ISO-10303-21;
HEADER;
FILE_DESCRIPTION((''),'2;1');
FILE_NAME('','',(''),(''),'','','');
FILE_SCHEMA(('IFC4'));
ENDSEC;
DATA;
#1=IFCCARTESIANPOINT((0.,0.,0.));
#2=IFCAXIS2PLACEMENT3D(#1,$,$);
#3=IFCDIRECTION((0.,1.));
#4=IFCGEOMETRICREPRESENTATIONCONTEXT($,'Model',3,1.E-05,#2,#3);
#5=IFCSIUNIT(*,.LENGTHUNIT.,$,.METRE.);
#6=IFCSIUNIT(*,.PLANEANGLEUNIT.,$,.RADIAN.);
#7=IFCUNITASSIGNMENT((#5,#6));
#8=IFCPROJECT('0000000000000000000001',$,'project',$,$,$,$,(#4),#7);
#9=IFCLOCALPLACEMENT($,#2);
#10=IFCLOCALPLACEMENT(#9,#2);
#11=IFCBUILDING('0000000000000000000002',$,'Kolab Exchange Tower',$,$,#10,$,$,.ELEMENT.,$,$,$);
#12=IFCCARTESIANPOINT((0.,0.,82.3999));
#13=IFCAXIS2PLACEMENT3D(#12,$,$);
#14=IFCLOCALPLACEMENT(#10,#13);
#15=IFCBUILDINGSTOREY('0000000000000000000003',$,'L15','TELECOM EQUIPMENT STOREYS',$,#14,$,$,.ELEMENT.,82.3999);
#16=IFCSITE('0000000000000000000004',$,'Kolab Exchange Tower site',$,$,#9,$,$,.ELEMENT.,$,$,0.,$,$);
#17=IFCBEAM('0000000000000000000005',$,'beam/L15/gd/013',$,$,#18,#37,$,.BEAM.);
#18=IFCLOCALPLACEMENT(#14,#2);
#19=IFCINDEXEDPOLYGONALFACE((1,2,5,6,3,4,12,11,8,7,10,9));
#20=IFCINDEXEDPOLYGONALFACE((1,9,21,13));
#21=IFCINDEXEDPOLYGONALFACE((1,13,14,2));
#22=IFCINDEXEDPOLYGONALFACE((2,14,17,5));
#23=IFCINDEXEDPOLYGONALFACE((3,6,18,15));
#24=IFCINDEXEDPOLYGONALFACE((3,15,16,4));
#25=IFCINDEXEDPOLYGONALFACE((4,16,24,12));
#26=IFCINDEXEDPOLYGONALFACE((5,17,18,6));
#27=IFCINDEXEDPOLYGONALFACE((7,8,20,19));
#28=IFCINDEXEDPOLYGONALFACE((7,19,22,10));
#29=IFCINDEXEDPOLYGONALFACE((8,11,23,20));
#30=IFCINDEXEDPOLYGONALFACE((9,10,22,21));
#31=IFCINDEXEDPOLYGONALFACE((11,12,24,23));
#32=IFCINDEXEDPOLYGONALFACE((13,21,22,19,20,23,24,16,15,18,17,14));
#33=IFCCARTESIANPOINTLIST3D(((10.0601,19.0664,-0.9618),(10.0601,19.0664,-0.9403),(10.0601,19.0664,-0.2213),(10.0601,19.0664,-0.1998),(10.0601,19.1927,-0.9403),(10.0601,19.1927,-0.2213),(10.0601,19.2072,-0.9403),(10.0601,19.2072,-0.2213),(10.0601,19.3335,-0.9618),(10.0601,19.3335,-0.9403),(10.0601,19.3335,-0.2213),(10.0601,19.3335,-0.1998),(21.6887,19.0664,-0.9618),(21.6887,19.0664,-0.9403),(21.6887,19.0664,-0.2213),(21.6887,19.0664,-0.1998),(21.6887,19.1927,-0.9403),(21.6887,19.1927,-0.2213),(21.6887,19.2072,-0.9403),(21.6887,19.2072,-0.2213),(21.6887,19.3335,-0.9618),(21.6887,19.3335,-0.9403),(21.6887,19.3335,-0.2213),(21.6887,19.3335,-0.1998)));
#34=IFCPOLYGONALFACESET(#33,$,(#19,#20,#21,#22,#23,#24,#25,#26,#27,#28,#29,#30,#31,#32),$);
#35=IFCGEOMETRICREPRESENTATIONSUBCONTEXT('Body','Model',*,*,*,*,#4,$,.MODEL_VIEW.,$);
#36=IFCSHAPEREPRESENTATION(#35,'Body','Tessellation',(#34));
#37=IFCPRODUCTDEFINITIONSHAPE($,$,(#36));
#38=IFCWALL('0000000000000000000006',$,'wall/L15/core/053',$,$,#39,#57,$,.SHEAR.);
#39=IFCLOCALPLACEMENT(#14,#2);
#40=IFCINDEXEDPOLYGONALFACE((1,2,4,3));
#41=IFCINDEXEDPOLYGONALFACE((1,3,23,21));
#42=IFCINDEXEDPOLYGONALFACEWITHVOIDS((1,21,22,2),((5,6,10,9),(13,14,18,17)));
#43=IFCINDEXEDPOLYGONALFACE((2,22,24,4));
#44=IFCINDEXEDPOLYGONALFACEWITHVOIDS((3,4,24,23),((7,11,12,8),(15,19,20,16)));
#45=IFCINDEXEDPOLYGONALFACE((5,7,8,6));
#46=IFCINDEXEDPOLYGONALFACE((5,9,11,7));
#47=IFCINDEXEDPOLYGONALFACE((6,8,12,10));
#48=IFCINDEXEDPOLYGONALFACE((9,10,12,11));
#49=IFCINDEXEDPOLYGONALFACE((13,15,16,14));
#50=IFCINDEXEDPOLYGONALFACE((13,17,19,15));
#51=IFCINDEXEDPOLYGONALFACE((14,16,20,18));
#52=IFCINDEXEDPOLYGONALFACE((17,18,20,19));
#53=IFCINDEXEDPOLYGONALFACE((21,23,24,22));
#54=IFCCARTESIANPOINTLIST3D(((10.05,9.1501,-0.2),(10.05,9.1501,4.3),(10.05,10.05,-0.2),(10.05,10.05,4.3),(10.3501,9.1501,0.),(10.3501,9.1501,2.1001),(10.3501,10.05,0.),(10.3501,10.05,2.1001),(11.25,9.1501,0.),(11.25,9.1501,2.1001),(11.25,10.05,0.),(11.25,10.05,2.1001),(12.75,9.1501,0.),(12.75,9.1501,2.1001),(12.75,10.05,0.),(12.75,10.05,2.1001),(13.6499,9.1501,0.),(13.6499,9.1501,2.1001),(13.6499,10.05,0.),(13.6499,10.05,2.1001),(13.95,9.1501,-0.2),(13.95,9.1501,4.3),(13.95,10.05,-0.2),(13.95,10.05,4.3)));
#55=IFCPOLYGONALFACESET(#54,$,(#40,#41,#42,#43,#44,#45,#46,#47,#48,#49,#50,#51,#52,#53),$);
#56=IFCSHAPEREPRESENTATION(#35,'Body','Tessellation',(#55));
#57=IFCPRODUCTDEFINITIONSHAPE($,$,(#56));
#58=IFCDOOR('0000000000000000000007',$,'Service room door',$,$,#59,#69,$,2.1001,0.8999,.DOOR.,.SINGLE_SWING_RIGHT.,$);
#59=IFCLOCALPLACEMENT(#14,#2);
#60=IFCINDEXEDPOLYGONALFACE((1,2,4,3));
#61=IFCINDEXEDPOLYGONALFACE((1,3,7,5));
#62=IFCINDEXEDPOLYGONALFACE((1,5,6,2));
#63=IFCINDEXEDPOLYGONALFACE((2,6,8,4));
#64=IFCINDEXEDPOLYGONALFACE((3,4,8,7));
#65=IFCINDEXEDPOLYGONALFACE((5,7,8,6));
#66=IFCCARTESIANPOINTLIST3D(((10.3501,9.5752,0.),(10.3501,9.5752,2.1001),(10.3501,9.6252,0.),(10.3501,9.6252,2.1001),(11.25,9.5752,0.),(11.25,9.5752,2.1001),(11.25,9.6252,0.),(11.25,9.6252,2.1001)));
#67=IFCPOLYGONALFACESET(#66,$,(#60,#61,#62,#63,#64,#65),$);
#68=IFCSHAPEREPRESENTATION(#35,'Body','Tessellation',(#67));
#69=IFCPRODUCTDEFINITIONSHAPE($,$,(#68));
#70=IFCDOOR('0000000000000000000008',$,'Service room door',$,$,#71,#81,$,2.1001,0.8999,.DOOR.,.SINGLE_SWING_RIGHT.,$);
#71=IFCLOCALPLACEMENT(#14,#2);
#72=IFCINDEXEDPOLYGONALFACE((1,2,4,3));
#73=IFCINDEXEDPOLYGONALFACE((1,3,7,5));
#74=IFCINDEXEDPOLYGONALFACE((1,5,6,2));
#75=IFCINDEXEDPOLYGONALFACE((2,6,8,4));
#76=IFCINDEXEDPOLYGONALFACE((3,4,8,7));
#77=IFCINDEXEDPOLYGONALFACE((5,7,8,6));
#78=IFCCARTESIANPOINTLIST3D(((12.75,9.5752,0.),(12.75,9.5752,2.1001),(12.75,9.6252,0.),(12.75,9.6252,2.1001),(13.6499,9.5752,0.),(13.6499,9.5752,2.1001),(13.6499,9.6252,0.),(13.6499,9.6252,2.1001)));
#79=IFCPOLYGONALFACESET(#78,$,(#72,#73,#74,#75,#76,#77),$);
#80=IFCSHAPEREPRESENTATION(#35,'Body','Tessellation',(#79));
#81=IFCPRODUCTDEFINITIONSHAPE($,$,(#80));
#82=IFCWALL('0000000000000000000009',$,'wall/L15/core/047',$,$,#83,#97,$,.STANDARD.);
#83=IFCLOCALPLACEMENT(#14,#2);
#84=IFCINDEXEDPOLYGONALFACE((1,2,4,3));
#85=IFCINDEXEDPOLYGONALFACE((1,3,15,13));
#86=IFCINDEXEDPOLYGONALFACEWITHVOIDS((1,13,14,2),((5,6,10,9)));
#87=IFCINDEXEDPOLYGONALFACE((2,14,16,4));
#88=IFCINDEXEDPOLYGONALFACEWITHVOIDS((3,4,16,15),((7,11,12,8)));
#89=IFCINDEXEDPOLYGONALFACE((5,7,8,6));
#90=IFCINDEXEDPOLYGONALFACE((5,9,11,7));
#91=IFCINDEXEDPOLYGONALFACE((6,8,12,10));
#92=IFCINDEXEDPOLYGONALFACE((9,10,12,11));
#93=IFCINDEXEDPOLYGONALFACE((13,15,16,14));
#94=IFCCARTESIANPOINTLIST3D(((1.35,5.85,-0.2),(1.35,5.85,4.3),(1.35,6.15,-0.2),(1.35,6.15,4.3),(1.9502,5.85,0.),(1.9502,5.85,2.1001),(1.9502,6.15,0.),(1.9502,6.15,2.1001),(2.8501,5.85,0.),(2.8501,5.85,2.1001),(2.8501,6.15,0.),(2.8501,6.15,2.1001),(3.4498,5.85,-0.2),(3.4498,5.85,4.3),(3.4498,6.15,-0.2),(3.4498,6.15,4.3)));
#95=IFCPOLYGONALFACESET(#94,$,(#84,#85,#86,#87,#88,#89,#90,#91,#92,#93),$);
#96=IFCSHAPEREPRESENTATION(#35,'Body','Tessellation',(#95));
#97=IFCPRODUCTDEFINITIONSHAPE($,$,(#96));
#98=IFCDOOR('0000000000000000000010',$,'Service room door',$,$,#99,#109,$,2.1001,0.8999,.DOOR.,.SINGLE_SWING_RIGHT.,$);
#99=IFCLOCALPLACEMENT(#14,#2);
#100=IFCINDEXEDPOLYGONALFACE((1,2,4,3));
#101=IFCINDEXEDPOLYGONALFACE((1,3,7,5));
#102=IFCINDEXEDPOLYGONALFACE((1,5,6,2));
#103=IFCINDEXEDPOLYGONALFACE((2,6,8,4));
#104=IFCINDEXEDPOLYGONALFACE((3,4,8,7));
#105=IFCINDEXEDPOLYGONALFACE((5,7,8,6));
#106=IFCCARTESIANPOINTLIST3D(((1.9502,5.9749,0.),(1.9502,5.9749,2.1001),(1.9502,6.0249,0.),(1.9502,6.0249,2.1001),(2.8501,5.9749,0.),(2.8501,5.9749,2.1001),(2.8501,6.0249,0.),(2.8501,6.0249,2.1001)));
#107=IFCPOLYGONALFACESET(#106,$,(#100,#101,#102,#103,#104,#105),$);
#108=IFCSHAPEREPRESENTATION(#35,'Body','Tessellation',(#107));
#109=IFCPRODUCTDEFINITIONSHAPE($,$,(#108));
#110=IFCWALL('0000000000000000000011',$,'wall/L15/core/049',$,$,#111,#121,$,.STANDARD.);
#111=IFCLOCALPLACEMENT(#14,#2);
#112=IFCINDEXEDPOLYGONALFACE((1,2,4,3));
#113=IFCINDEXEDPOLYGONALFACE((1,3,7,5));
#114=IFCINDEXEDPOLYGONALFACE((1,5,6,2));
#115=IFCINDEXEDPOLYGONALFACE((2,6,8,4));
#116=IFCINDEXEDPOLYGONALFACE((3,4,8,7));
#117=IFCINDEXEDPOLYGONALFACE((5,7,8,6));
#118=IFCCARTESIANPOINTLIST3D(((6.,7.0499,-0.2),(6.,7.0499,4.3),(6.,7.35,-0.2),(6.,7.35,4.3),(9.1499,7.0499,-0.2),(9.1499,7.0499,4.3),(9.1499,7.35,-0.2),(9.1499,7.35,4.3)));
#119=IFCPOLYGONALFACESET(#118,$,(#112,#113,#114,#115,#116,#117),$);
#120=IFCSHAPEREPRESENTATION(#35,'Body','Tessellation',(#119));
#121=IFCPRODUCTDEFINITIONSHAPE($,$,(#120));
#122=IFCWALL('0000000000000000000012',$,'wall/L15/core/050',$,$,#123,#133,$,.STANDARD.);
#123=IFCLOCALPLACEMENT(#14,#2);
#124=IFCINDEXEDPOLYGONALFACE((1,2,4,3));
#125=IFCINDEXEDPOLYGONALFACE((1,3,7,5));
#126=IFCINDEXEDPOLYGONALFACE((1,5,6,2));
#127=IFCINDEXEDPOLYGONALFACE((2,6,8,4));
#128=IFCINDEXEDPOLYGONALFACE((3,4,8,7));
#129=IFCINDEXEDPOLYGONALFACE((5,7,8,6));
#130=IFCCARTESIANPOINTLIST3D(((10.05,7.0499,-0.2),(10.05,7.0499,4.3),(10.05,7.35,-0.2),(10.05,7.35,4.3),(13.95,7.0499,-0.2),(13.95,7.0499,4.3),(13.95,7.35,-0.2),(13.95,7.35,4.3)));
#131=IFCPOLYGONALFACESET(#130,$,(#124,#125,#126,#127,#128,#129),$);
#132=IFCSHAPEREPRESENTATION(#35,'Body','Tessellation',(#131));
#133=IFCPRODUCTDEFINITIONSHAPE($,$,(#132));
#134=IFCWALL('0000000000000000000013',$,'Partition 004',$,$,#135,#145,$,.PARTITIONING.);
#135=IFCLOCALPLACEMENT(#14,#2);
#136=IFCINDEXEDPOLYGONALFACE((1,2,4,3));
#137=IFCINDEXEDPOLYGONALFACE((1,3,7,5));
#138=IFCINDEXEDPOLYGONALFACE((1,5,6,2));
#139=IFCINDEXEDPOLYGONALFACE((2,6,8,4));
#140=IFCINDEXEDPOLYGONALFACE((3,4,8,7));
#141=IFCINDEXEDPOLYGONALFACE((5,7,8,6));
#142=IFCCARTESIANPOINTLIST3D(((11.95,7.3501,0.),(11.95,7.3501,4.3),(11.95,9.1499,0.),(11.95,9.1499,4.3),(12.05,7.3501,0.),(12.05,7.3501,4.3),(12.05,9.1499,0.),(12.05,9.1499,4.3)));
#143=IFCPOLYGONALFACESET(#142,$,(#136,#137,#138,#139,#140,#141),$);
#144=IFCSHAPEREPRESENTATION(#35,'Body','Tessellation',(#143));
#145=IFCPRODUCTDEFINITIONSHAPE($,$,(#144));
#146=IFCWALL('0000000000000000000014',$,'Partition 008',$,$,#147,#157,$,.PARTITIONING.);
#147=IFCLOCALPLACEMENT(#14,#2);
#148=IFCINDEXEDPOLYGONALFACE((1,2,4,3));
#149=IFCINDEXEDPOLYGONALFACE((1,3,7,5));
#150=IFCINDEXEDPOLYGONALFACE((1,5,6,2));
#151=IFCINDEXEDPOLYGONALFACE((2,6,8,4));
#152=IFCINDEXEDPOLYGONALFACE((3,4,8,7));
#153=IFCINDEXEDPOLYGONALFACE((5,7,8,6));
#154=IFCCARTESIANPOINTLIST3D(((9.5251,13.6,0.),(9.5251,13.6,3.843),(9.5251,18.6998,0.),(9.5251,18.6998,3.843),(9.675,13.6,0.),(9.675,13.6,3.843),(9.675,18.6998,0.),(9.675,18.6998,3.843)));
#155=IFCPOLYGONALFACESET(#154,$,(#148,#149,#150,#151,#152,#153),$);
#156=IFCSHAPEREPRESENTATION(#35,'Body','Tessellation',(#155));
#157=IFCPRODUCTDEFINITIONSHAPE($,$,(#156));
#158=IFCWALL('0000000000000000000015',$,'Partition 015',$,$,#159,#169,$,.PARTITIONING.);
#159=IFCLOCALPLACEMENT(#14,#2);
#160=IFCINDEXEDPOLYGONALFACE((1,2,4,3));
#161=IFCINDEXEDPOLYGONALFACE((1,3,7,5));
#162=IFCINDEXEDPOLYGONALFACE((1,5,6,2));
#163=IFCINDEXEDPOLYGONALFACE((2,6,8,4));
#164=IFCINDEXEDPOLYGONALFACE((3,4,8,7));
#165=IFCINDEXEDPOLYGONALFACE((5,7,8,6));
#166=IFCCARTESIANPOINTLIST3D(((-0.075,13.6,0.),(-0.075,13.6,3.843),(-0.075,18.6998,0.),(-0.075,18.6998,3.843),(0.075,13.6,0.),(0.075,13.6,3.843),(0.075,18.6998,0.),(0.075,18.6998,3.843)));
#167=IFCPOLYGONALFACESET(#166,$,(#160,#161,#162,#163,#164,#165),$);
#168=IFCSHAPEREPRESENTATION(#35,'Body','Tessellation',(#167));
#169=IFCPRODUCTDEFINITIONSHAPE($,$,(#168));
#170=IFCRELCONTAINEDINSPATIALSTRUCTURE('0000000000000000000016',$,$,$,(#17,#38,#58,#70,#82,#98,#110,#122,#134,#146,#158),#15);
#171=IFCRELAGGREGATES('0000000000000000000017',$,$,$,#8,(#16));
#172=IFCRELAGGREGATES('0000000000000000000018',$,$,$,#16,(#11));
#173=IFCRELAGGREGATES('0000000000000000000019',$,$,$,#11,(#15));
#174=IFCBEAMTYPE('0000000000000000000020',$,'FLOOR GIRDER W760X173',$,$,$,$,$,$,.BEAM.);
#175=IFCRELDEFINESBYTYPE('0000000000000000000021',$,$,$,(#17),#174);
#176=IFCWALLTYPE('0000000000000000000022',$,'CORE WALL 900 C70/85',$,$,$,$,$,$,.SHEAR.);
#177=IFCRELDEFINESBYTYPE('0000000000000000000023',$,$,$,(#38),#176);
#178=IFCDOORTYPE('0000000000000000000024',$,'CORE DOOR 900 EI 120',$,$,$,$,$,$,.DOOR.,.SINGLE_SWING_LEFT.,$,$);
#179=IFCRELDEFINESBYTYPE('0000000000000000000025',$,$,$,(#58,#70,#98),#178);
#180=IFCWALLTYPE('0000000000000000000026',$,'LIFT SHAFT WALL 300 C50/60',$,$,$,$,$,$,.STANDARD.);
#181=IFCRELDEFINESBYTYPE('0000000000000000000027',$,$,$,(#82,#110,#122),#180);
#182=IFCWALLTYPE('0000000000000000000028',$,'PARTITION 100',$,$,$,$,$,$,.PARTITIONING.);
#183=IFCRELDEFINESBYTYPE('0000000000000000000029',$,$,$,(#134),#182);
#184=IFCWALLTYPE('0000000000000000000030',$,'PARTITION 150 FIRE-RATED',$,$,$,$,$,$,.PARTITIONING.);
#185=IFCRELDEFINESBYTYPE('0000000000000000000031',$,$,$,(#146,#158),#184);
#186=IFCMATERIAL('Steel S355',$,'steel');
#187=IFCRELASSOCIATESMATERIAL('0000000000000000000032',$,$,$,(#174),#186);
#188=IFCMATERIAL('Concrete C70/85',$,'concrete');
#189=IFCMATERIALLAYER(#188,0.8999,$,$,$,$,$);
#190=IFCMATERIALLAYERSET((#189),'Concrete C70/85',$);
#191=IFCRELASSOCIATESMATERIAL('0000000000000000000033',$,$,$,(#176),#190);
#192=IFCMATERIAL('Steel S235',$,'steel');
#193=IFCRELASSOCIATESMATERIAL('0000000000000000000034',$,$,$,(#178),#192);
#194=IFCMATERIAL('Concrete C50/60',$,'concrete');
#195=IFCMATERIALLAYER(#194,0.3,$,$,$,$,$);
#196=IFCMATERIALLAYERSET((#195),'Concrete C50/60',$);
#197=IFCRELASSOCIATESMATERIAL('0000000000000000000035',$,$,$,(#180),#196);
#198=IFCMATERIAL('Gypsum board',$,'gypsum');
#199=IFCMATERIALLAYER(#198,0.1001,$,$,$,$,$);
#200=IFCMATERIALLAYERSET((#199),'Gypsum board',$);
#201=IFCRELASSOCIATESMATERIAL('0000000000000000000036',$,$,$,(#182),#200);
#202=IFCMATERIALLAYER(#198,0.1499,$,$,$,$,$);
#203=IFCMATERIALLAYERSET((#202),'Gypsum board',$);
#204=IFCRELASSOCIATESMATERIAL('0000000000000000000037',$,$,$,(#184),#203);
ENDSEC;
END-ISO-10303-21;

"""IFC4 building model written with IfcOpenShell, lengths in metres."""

from ifc_helpers import new_model, si_unit, direction, frame, frame_2d, origin, origin_2d, place, context, subcontext, project, spatial, rectangle, i_section, extrude, material, layer, layer_set, material_profile, profile_set, type_object, element, fill, save


model = new_model("IFC4")

# Units and contexts
model_context = context("Model", 3, precision=1e-05, world=origin(), true_north=direction((0.0, 1.0)))
body_context = subcontext(model_context, "Body", "Model", "MODEL_VIEW")
ifc_project = project(units=[si_unit("LENGTHUNIT", "METRE"), si_unit("PLANEANGLEUNIT", "RADIAN")], contexts=[model_context])

# Site, building, storey
site_placement = place(None, origin())
site = spatial("IfcSite", under=ifc_project, at=site_placement, Name="Kolab Exchange Tower site", CompositionType="ELEMENT", RefElevation=0.0)
building_placement = place(site_placement, origin())
building = spatial("IfcBuilding", under=site, at=building_placement, Name="Kolab Exchange Tower", CompositionType="ELEMENT")
storey_placement = place(building_placement, frame((0.0, 0.0, 82.3999)))
storey = spatial("IfcBuildingStorey", under=building, at=storey_placement, Name="L15", Description="TELECOM EQUIPMENT STOREYS", CompositionType="ELEMENT", Elevation=82.3999)

# Shared definitions
ifc_material_1 = material(Name="Concrete C70/85", Category="concrete")

# Beam
ifc_material_2 = material(Name="Steel S355", Category="steel")
ifc_material_profile_1 = material_profile(ifc_material_2, i_section(OverallWidth=0.2671, OverallDepth=0.762, WebThickness=0.0144, FlangeThickness=0.0215, at=origin_2d()), Name="W760X173")
ifc_profile_set_1 = profile_set([ifc_material_profile_1], Name="Steel S355")
beam_type_1 = type_object("IfcBeamType", Name="FLOOR GIRDER W760X173", PredefinedType="BEAM", material=ifc_profile_set_1)
beam_1_placement = place(storey_placement, frame((10.0601, 19.2, -0.5808), z_axis=(1.0, 0.0, 0.0), x_axis=(0.0, 1.0, 0.0)))
element("IfcBeam", 1, at=beam_1_placement, inside=storey, type_object=beam_type_1, Name="beam/L15/gd/013", PredefinedType="BEAM", context=body_context, shape_type="SweptSolid", body=[
    extrude(i_section(OverallWidth=0.2671, OverallDepth=0.762, WebThickness=0.0144, FlangeThickness=0.0215, at=origin_2d()), origin(), (0.0, 0.0, 1.0), 11.6287),
])

# Wall, openings, doors
ifc_layer_1 = layer(ifc_material_1, 0.8999)
ifc_layer_set_1 = layer_set([ifc_layer_1], Name="Concrete C70/85")
wall_type_1 = type_object("IfcWallType", Name="CORE WALL 900 C70/85", PredefinedType="SHEAR", material=ifc_layer_set_1)
wall_1_placement = place(storey_placement, frame((10.05, 9.6001, -0.2), z_axis=(0.0, 0.0, 1.0), x_axis=(1.0, 0.0, 0.0)))
wall_1 = element("IfcWall", 2, at=wall_1_placement, inside=storey, type_object=wall_type_1, Name="wall/L15/core/053", PredefinedType="SHEAR", context=body_context, shape_type="SweptSolid", body=[
    extrude(rectangle(XDim=3.8999, YDim=0.8999, at=frame_2d((1.95, 0.0))), origin(), (0.0, 0.0, 1.0), 4.5),
])
opening_1_placement = place(wall_1_placement, frame((0.3, 0.0, 0.2)))
opening_1 = element("IfcOpeningElement", 3, at=opening_1_placement, cuts=wall_1, PredefinedType="OPENING", context=body_context, shape_type="SweptSolid", body=[
    extrude(rectangle(XDim=0.8999, YDim=2.1001, at=frame_2d((0.45, 1.05))), frame((0.0, 0.46, 0.0), z_axis=(0.0, -1.0, 0.0), x_axis=(1.0, 0.0, 0.0)), (0.0, 0.0, 1.0), 0.9199),
])
opening_2_placement = place(wall_1_placement, frame((2.7, 0.0, 0.2)))
opening_2 = element("IfcOpeningElement", 4, at=opening_2_placement, cuts=wall_1, PredefinedType="OPENING", context=body_context, shape_type="SweptSolid", body=[
    extrude(rectangle(XDim=0.8999, YDim=2.1001, at=frame_2d((0.45, 1.05))), frame((0.0, 0.46, 0.0), z_axis=(0.0, -1.0, 0.0), x_axis=(1.0, 0.0, 0.0)), (0.0, 0.0, 1.0), 0.9199),
])
ifc_material_3 = material(Name="Steel S235", Category="steel")
door_type = type_object("IfcDoorType", Name="CORE DOOR 900 EI 120", OperationType="SINGLE_SWING_LEFT", PredefinedType="DOOR", material=ifc_material_3)
door_1_placement = place(opening_1_placement, frame((0.8999, 0.0, 0.0), z_axis=(0.0, 0.0, 1.0), x_axis=(-1.0, 0.0, 0.0)))
door_1 = element("IfcDoor", 5, at=door_1_placement, inside=storey, type_object=door_type, Name="Service room door", OperationType="SINGLE_SWING_RIGHT", OverallHeight=2.1001, OverallWidth=0.8999, PredefinedType="DOOR", context=body_context, shape_type="SweptSolid", body=[
    extrude(rectangle(XDim=0.8999, YDim=2.1001, at=frame_2d((0.45, 1.05))), frame((0.0, 0.0249, 0.0), z_axis=(0.0, -1.0, 0.0), x_axis=(1.0, 0.0, 0.0)), (0.0, 0.0, 1.0), 0.05),
])
fill(opening_1, door_1)
door_2_placement = place(opening_2_placement, frame((0.8999, 0.0, 0.0), z_axis=(0.0, 0.0, 1.0), x_axis=(-1.0, 0.0, 0.0)))
door_2 = element("IfcDoor", 6, at=door_2_placement, inside=storey, type_object=door_type, Name="Service room door", OperationType="SINGLE_SWING_RIGHT", OverallHeight=2.1001, OverallWidth=0.8999, PredefinedType="DOOR", context=body_context, shape_type="SweptSolid", body=[
    extrude(rectangle(XDim=0.8999, YDim=2.1001, at=frame_2d((0.45, 1.05))), frame((0.0, 0.0249, 0.0), z_axis=(0.0, -1.0, 0.0), x_axis=(1.0, 0.0, 0.0)), (0.0, 0.0, 1.0), 0.05),
])
fill(opening_2, door_2)

# Wall, opening, door
ifc_material_4 = material(Name="Concrete C50/60", Category="concrete")
ifc_layer_2 = layer(ifc_material_4, 0.3)
ifc_layer_set_2 = layer_set([ifc_layer_2], Name="Concrete C50/60")
wall_type_2 = type_object("IfcWallType", Name="LIFT SHAFT WALL 300 C50/60", PredefinedType="STANDARD", material=ifc_layer_set_2)
wall_2_placement = place(storey_placement, frame((1.3501, 6.0, -0.2), z_axis=(0.0, 0.0, 1.0), x_axis=(1.0, 0.0, 0.0)))
wall_2 = element("IfcWall", 7, at=wall_2_placement, inside=storey, type_object=wall_type_2, Name="wall/L15/core/047", PredefinedType="STANDARD", context=body_context, shape_type="SweptSolid", body=[
    extrude(rectangle(XDim=2.0999, YDim=0.3, at=frame_2d((1.0498, 0.0))), origin(), (0.0, 0.0, 1.0), 4.5),
])
opening_3_placement = place(wall_2_placement, frame((0.6001, 0.0, 0.2)))
opening_3 = element("IfcOpeningElement", 8, at=opening_3_placement, cuts=wall_2, PredefinedType="OPENING", context=body_context, shape_type="SweptSolid", body=[
    extrude(rectangle(XDim=0.8999, YDim=2.1001, at=frame_2d((0.45, 1.05))), frame((0.0, 0.1602, 0.0), z_axis=(0.0, -1.0, 0.0), x_axis=(1.0, 0.0, 0.0)), (0.0, 0.0, 1.0), 0.3201),
])
door_3_placement = place(opening_3_placement, origin())
door_3 = element("IfcDoor", 9, at=door_3_placement, inside=storey, type_object=door_type, Name="Service room door", OperationType="SINGLE_SWING_RIGHT", OverallHeight=2.1001, OverallWidth=0.8999, PredefinedType="DOOR", context=body_context, shape_type="SweptSolid", body=[
    extrude(rectangle(XDim=0.8999, YDim=2.1001, at=frame_2d((0.45, 1.05))), frame((0.0, 0.0249, 0.0), z_axis=(0.0, -1.0, 0.0), x_axis=(1.0, 0.0, 0.0)), (0.0, 0.0, 1.0), 0.05),
])
fill(opening_3, door_3)

# Walls
wall_3_placement = place(storey_placement, frame((6.0, 7.2, -0.2), z_axis=(0.0, 0.0, 1.0), x_axis=(1.0, 0.0, 0.0)))
element("IfcWall", 10, at=wall_3_placement, inside=storey, type_object=wall_type_2, Name="wall/L15/core/049", PredefinedType="STANDARD", context=body_context, shape_type="SweptSolid", body=[
    extrude(rectangle(XDim=3.1499, YDim=0.3, at=frame_2d((1.575, 0.0))), origin(), (0.0, 0.0, 1.0), 4.5),
])
wall_4_placement = place(storey_placement, frame((10.05, 7.2, -0.2), z_axis=(0.0, 0.0, 1.0), x_axis=(1.0, 0.0, 0.0)))
element("IfcWall", 11, at=wall_4_placement, inside=storey, type_object=wall_type_2, Name="wall/L15/core/050", PredefinedType="STANDARD", context=body_context, shape_type="SweptSolid", body=[
    extrude(rectangle(XDim=3.8999, YDim=0.3, at=frame_2d((1.95, 0.0))), origin(), (0.0, 0.0, 1.0), 4.5),
])
ifc_material_5 = material(Name="Gypsum board", Category="gypsum")
ifc_layer_3 = layer(ifc_material_5, 0.1001)
ifc_layer_set_3 = layer_set([ifc_layer_3], Name="Gypsum board")
wall_type_3 = type_object("IfcWallType", Name="PARTITION 100", PredefinedType="PARTITIONING", material=ifc_layer_set_3)
wall_5_placement = place(storey_placement, frame((12.0, 7.3501, 0.0), z_axis=(0.0, 0.0, 1.0), x_axis=(0.0, 1.0, 0.0)))
element("IfcWall", 12, at=wall_5_placement, inside=storey, type_object=wall_type_3, Name="Partition 004", PredefinedType="PARTITIONING", context=body_context, shape_type="SweptSolid", body=[
    extrude(rectangle(XDim=1.7998, YDim=0.1001, at=frame_2d((0.8999, 0.0))), origin(), (0.0, 0.0, 1.0), 4.3),
])
ifc_layer_4 = layer(ifc_material_5, 0.1499)
ifc_layer_set_4 = layer_set([ifc_layer_4], Name="Gypsum board")
wall_type_4 = type_object("IfcWallType", Name="PARTITION 150 FIRE-RATED", PredefinedType="PARTITIONING", material=ifc_layer_set_4)
for number, where, z_axis, x_axis, name in (
    (13, (9.6001, 13.6001, 0.0), (0.0, 0.0, 1.0), (0.0, 1.0, 0.0), "Partition 008"),
    (14, (0.0, 13.6001, 0.0), (0.0, 0.0, 1.0), (0.0, 1.0, 0.0), "Partition 015"),
):
    element("IfcWall", number, at=place(storey_placement, frame(where, z_axis=z_axis, x_axis=x_axis)), inside=storey, type_object=wall_type_4, Name=name, PredefinedType="PARTITIONING", context=body_context, shape_type="SweptSolid", body=[
        extrude(rectangle(XDim=5.0999, YDim=0.1499, at=frame_2d((2.5498, 0.0))), origin(), (0.0, 0.0, 1.0), 3.843),
    ])

save(model, "model.ifc")
